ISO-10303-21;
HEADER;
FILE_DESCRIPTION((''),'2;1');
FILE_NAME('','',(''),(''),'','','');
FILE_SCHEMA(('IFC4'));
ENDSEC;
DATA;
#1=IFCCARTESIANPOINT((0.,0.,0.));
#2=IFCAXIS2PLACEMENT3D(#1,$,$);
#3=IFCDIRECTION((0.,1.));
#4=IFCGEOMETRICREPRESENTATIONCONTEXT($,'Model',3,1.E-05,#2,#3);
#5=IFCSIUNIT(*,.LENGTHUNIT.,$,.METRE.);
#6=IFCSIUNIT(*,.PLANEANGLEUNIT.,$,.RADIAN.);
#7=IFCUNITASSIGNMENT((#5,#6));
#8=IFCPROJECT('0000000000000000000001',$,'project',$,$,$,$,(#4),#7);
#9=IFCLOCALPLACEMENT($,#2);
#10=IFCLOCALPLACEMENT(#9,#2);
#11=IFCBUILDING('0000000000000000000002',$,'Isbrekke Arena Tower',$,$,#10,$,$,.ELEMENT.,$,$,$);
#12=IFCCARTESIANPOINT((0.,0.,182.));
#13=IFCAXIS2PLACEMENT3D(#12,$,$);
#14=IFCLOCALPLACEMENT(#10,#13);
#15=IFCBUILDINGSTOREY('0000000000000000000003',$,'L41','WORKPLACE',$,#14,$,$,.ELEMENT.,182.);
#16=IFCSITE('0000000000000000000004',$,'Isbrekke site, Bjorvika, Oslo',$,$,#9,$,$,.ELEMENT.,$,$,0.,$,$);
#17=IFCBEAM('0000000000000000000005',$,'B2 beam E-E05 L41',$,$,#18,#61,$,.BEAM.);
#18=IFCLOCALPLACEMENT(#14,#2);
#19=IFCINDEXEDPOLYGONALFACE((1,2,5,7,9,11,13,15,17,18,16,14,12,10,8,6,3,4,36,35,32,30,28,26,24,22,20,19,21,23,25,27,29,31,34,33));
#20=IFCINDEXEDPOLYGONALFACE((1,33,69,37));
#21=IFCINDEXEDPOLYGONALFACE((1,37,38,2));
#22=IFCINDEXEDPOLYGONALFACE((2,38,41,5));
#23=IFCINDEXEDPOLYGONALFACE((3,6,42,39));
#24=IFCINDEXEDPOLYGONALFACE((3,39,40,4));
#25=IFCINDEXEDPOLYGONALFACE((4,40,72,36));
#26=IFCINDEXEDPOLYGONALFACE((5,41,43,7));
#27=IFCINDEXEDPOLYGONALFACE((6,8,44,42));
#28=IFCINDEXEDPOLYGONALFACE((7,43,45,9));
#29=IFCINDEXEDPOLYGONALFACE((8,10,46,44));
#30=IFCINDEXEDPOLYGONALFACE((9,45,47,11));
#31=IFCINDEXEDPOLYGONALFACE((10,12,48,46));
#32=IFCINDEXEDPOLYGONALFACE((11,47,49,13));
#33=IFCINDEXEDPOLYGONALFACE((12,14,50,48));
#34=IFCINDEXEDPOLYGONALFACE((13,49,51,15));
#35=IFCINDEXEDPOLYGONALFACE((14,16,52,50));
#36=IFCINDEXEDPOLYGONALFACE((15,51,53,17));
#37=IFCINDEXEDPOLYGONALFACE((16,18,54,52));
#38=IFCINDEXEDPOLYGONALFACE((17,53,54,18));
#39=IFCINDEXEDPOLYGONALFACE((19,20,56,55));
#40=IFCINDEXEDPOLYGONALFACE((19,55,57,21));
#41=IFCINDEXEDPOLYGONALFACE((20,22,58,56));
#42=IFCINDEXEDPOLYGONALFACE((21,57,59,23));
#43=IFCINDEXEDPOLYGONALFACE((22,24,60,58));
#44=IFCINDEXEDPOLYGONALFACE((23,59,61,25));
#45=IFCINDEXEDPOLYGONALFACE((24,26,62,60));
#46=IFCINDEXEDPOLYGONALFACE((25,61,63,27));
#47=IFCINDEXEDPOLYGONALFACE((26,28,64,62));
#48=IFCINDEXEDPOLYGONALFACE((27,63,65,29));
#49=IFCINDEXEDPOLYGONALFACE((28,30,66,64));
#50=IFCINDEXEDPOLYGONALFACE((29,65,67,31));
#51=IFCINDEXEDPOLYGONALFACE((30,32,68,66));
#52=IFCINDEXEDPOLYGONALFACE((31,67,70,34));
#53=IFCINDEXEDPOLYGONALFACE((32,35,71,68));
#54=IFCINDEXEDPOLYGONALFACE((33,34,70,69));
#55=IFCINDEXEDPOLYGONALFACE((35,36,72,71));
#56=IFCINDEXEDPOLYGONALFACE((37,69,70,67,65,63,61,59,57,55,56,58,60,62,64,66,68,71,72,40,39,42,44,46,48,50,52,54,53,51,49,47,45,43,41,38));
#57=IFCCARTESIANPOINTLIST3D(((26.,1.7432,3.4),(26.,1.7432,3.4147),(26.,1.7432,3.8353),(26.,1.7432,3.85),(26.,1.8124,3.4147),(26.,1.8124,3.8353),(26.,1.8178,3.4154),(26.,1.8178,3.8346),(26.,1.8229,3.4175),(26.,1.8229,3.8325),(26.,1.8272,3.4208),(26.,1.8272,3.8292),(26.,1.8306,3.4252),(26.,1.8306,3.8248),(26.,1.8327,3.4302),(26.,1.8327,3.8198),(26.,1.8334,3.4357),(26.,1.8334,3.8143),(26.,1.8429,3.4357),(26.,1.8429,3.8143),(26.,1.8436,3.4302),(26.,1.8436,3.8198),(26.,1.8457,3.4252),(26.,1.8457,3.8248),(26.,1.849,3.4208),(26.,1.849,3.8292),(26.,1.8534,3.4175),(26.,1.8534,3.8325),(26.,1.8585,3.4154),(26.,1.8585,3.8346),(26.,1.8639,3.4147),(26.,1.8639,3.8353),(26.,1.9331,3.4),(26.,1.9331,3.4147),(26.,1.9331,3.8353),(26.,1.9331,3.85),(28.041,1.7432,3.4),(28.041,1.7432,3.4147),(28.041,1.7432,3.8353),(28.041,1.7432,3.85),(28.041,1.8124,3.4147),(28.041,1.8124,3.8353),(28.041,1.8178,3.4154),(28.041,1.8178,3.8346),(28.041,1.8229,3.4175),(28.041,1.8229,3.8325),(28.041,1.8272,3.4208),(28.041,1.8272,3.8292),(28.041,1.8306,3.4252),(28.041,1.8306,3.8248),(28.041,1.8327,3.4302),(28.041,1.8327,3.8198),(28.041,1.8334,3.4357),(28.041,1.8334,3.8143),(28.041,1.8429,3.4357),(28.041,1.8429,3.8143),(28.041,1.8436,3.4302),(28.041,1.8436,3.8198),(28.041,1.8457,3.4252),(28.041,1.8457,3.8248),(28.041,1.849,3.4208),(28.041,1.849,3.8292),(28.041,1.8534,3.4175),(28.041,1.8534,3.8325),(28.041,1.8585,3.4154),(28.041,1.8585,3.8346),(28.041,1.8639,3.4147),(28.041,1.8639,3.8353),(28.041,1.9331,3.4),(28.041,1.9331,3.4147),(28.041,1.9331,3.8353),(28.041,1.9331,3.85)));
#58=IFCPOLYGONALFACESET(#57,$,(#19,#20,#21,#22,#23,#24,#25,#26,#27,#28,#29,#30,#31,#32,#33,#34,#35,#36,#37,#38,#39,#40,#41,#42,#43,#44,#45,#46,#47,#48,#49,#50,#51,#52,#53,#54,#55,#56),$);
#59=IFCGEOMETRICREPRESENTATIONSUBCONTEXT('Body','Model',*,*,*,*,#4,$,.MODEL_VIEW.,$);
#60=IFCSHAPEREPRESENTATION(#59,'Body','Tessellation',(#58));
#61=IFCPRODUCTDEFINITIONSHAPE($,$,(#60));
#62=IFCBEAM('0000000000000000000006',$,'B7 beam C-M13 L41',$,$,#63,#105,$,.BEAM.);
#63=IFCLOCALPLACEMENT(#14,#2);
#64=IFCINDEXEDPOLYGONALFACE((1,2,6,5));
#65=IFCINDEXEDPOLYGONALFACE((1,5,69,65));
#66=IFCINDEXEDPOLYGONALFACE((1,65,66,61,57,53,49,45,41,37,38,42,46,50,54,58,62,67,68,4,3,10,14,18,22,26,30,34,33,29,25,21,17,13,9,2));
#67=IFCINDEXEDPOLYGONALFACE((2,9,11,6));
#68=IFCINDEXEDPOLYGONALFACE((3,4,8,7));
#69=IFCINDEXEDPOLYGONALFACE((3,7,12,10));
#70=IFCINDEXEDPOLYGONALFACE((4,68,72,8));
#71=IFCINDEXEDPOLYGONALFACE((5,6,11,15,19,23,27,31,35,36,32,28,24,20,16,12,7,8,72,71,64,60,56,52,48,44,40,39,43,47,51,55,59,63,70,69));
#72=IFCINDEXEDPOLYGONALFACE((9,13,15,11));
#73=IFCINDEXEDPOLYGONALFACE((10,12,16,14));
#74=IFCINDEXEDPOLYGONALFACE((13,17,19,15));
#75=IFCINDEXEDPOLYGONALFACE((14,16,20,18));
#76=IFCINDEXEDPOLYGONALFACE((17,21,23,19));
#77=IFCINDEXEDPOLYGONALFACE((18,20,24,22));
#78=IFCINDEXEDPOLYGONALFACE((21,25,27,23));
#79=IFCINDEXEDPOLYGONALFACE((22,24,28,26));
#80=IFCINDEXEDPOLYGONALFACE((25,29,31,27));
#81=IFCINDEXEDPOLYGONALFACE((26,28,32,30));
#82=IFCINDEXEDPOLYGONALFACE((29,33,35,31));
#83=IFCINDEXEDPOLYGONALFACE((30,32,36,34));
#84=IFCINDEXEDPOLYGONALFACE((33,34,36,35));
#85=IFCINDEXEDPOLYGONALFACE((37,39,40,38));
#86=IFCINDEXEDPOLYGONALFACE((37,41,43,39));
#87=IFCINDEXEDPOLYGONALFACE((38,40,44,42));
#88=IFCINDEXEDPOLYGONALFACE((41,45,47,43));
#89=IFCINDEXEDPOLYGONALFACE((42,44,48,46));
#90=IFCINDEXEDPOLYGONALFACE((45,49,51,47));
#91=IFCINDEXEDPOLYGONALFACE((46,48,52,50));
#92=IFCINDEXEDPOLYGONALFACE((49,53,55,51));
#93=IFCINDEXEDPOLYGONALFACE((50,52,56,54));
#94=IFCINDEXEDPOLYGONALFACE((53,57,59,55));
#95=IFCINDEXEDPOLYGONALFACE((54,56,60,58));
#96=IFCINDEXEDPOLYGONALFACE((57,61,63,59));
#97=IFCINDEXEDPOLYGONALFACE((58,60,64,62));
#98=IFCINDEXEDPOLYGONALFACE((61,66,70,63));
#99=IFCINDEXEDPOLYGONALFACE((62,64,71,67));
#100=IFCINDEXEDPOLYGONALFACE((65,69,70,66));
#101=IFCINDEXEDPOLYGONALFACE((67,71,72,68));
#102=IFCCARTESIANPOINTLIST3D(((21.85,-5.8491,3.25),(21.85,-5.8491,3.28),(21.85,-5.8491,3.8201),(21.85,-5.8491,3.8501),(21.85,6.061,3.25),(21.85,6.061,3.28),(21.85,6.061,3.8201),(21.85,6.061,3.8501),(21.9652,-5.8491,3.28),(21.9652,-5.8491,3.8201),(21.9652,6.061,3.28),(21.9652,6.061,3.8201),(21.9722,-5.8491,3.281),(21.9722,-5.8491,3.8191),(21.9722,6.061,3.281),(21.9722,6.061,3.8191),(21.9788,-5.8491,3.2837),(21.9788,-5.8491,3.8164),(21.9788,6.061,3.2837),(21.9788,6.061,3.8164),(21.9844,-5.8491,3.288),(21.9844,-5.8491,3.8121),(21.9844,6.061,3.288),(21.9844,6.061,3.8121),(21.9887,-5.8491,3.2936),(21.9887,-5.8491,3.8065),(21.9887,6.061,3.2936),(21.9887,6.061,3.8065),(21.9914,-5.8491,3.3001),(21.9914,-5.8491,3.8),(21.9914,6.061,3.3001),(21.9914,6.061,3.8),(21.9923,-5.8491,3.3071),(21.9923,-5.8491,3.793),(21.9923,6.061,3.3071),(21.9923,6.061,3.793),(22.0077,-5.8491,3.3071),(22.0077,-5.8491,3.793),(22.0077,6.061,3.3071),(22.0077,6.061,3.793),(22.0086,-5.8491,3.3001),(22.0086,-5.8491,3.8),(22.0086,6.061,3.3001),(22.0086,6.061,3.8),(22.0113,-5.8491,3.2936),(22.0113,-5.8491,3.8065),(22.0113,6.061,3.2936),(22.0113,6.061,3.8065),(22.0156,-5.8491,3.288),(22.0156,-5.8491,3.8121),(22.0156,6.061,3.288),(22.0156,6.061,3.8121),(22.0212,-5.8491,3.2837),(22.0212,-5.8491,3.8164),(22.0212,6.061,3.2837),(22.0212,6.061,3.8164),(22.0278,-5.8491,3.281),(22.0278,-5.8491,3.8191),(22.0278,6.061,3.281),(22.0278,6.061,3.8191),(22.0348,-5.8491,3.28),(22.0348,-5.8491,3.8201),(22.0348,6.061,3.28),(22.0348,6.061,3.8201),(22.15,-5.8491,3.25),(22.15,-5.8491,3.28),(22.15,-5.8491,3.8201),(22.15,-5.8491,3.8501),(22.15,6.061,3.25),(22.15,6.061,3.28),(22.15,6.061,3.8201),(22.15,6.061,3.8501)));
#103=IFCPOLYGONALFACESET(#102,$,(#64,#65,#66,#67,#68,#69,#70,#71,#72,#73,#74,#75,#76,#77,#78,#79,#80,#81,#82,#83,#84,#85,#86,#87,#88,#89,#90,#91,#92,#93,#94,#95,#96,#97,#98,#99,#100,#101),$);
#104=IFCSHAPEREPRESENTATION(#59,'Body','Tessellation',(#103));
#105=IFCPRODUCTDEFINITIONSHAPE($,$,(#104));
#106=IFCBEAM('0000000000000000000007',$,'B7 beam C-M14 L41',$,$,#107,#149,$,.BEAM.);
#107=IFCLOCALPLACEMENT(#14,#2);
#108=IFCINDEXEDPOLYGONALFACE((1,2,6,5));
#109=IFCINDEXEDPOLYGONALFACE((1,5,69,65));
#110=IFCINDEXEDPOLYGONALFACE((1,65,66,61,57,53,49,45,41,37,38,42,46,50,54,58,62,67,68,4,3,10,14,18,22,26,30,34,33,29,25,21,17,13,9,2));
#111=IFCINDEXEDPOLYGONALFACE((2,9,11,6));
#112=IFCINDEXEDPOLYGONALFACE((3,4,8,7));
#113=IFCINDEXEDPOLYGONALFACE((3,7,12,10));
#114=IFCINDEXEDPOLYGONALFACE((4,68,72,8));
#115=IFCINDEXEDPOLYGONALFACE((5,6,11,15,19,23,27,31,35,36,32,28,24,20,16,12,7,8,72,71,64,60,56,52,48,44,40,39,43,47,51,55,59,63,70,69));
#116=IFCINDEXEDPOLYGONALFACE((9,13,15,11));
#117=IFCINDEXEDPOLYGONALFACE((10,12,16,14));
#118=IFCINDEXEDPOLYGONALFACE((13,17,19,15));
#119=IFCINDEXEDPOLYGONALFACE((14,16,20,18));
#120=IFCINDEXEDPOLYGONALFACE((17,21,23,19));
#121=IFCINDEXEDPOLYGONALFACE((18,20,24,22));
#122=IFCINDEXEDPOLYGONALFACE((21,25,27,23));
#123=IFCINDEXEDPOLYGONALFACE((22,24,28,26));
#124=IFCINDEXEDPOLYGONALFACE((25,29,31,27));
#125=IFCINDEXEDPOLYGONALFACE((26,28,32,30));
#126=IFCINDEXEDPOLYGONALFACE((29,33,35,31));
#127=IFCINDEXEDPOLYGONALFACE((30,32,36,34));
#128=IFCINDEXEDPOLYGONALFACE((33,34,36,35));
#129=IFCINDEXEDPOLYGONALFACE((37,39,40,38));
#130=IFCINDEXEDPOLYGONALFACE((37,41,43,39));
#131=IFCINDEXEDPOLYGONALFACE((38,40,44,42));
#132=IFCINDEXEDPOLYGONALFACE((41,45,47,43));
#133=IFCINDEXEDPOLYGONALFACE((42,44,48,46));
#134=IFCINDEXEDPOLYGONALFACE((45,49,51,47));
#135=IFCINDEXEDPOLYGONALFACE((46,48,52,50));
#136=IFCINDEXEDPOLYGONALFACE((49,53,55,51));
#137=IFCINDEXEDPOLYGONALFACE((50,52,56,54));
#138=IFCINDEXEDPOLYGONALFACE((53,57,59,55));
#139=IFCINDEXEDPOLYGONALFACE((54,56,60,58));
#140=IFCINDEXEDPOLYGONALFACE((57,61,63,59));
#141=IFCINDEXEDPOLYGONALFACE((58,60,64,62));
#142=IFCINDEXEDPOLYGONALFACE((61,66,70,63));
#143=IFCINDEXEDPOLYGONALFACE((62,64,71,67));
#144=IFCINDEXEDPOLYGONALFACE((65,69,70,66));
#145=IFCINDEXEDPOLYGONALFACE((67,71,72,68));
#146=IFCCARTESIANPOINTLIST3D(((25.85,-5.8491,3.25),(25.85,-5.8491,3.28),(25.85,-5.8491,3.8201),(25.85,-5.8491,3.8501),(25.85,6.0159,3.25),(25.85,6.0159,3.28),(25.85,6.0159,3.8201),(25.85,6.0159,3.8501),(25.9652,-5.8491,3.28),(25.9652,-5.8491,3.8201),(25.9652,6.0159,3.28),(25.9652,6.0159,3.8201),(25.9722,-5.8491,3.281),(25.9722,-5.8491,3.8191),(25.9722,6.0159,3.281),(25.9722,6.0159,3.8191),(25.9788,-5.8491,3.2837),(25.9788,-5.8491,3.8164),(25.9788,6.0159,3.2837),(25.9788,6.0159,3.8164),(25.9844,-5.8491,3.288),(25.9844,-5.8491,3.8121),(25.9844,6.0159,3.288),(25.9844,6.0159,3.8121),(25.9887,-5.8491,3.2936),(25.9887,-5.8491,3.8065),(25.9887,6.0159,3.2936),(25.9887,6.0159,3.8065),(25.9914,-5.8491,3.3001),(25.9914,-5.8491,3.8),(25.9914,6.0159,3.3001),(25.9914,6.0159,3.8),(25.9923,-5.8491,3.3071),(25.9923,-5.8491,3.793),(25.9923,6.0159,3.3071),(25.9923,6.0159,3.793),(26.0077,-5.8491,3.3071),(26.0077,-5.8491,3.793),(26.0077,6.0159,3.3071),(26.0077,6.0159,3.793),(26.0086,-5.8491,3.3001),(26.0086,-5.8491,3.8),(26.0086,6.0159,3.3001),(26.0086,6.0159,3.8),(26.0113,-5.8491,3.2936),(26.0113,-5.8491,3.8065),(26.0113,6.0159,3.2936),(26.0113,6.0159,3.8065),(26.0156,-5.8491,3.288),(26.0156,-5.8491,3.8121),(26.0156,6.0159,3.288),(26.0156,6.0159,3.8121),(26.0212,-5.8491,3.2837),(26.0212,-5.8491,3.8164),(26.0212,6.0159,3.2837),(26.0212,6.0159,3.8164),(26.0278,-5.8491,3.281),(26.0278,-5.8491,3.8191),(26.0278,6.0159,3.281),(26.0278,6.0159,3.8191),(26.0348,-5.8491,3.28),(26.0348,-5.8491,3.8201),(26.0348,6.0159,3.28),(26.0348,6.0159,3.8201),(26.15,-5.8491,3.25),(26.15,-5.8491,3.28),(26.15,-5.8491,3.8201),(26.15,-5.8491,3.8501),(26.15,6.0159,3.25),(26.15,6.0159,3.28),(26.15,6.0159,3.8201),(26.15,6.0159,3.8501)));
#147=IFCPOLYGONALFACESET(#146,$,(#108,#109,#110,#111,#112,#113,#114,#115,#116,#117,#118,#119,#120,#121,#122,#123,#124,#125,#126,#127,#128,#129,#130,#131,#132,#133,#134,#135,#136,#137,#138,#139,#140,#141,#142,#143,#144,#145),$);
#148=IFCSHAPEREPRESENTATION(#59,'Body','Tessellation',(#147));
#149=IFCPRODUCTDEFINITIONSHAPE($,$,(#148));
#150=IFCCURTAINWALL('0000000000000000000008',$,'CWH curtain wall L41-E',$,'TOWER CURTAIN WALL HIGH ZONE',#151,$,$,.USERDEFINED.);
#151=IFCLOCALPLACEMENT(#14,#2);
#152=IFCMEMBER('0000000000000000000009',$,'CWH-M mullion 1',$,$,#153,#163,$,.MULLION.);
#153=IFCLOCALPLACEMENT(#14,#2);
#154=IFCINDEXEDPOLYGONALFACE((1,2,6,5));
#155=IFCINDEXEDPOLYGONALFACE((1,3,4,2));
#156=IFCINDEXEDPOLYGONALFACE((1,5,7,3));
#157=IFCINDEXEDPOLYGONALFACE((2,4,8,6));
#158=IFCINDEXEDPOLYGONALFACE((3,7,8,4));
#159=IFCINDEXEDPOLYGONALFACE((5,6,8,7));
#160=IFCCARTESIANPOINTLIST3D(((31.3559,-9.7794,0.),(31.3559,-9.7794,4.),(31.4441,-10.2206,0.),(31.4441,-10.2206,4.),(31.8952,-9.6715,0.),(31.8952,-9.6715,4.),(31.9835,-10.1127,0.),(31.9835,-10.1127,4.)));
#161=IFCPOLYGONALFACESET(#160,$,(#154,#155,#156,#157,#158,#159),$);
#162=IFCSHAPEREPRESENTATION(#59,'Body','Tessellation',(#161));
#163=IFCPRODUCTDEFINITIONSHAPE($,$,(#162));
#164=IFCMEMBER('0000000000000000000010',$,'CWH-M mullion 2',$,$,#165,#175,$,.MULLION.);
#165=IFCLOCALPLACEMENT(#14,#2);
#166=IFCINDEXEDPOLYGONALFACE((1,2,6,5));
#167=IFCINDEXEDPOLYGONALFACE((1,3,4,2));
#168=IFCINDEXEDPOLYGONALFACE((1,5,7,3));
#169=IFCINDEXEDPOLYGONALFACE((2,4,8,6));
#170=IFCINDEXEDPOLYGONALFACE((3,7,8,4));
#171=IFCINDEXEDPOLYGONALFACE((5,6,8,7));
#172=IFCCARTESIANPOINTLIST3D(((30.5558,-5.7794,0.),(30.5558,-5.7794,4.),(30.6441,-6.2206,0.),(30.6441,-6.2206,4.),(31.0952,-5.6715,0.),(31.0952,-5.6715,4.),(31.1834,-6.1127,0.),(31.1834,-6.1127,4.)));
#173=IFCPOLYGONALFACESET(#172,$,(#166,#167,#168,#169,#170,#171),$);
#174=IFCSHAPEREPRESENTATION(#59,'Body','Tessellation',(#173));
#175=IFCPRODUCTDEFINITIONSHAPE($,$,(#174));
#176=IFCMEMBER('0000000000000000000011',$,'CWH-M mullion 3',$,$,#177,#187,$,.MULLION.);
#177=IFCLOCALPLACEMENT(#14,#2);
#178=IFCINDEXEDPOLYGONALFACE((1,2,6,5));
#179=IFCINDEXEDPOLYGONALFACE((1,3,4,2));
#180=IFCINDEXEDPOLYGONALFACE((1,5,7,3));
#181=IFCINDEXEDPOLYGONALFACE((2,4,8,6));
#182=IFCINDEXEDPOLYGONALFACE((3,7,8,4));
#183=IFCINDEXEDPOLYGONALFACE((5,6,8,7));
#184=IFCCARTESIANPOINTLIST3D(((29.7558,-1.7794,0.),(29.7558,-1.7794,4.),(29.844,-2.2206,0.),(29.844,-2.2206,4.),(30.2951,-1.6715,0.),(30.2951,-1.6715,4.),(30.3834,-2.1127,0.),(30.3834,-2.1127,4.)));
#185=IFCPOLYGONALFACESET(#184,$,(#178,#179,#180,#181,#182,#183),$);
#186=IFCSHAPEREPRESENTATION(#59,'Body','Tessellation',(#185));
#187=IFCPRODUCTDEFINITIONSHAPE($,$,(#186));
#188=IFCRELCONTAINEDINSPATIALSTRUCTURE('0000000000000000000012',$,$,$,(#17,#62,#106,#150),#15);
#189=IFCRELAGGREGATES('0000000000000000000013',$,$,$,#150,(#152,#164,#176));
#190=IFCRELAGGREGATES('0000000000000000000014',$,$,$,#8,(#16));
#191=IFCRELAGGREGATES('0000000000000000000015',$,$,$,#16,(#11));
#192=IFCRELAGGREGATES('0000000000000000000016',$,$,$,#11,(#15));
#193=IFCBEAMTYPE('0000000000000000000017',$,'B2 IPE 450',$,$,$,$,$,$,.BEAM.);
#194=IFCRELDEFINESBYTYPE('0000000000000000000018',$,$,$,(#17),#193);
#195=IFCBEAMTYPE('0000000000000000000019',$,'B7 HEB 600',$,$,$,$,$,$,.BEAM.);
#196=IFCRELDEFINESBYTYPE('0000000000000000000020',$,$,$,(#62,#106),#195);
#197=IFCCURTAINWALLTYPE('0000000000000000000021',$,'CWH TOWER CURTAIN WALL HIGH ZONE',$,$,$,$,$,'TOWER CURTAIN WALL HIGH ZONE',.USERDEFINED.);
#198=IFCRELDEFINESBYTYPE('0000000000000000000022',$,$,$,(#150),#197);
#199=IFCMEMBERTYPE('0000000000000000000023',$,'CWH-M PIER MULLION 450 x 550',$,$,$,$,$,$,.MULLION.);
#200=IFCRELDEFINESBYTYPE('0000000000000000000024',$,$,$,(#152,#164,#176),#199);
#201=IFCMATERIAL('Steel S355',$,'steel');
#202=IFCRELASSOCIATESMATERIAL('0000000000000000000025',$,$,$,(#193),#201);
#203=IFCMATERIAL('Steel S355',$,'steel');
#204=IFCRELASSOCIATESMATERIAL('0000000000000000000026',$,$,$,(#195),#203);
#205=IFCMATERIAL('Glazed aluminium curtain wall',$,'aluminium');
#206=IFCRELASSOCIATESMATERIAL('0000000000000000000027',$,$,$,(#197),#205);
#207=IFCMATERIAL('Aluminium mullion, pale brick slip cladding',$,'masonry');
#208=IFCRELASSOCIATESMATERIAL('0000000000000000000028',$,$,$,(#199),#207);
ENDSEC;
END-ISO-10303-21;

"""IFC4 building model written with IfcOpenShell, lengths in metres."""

from ifc_helpers import new_model, si_unit, direction, frame, origin, origin_2d, place, context, subcontext, project, spatial, rectangle, i_section, extrude, material, material_profile, profile_set, type_object, element, aggregate, save


model = new_model("IFC4")

# Units and contexts
model_context = context("Model", 3, precision=1e-05, world=origin(), true_north=direction((0.0, 1.0)))
body_context = subcontext(model_context, "Body", "Model", "MODEL_VIEW")
ifc_project = project(units=[si_unit("LENGTHUNIT", "METRE"), si_unit("PLANEANGLEUNIT", "RADIAN")], contexts=[model_context])

# Site, building, storey
site_placement = place(None, origin())
site = spatial("IfcSite", under=ifc_project, at=site_placement, Name="Isbrekke site, Bjorvika, Oslo", CompositionType="ELEMENT", RefElevation=0.0)
building_placement = place(site_placement, origin())
building = spatial("IfcBuilding", under=site, at=building_placement, Name="Isbrekke Arena Tower", CompositionType="ELEMENT")
storey_placement = place(building_placement, frame((0.0, 0.0, 182.0)))
storey = spatial("IfcBuildingStorey", under=building, at=storey_placement, Name="L41", Description="WORKPLACE", CompositionType="ELEMENT", Elevation=182.0)

# Beams
ifc_material_1 = material(Name="Steel S355", Category="steel")
ifc_material_profile_1 = material_profile(ifc_material_1, i_section(OverallWidth=0.1899, OverallDepth=0.45, WebThickness=0.0095, FlangeThickness=0.0146, FilletRadius=0.021, at=origin_2d()), Name="IPE 450")
ifc_profile_set_1 = profile_set([ifc_material_profile_1], Name="Steel S355")
beam_type_1 = type_object("IfcBeamType", Name="B2 IPE 450", PredefinedType="BEAM", material=ifc_profile_set_1)
beam_1_placement = place(storey_placement, frame((28.041, 1.8381, 3.625), z_axis=(-1.0, 0.0, 0.0), x_axis=(0.0, -1.0, 0.0)))
element("IfcBeam", 1, at=beam_1_placement, inside=storey, type_object=beam_type_1, Name="B2 beam E-E05 L41", PredefinedType="BEAM", context=body_context, shape_type="SweptSolid", body=[
    extrude(i_section(OverallWidth=0.1899, OverallDepth=0.45, WebThickness=0.0095, FlangeThickness=0.0146, FilletRadius=0.021, at=origin_2d()), origin(), (0.0, 0.0, 1.0), 2.041),
])
ifc_material_2 = material(Name="Steel S355", Category="steel")
ifc_material_profile_2 = material_profile(ifc_material_2, i_section(OverallWidth=0.3, OverallDepth=0.6001, WebThickness=0.0154, FlangeThickness=0.03, FilletRadius=0.0271, at=origin_2d()), Name="HEB 600")
ifc_profile_set_2 = profile_set([ifc_material_profile_2], Name="Steel S355")
beam_type_2 = type_object("IfcBeamType", Name="B7 HEB 600", PredefinedType="BEAM", material=ifc_profile_set_2)
beam_2_placement = place(storey_placement, frame((22.0, -5.8491, 3.55), z_axis=(0.0, 1.0, 0.0), x_axis=(-1.0, 0.0, 0.0)))
element("IfcBeam", 2, at=beam_2_placement, inside=storey, type_object=beam_type_2, Name="B7 beam C-M13 L41", PredefinedType="BEAM", context=body_context, shape_type="SweptSolid", body=[
    extrude(i_section(OverallWidth=0.3, OverallDepth=0.6001, WebThickness=0.0154, FlangeThickness=0.03, FilletRadius=0.0271, at=origin_2d()), origin(), (0.0, 0.0, 1.0), 11.9102),
])
beam_3_placement = place(storey_placement, frame((26.0, -5.8491, 3.55), z_axis=(0.0, 1.0, 0.0), x_axis=(-1.0, 0.0, 0.0)))
element("IfcBeam", 3, at=beam_3_placement, inside=storey, type_object=beam_type_2, Name="B7 beam C-M14 L41", PredefinedType="BEAM", context=body_context, shape_type="SweptSolid", body=[
    extrude(i_section(OverallWidth=0.3, OverallDepth=0.6001, WebThickness=0.0154, FlangeThickness=0.03, FilletRadius=0.0271, at=origin_2d()), origin(), (0.0, 0.0, 1.0), 11.865),
])

# Curtain wall, members
ifc_material_3 = material(Name="Glazed aluminium curtain wall", Category="aluminium")
curtain_wall_type = type_object("IfcCurtainWallType", Name="CWH TOWER CURTAIN WALL HIGH ZONE", ElementType="TOWER CURTAIN WALL HIGH ZONE", PredefinedType="USERDEFINED", material=ifc_material_3)
curtain_wall_placement = place(storey_placement, origin())
curtain_wall = element("IfcCurtainWall", 4, at=curtain_wall_placement, inside=storey, type_object=curtain_wall_type, Name="CWH curtain wall L41-E", ObjectType="TOWER CURTAIN WALL HIGH ZONE", PredefinedType="USERDEFINED")
ifc_material_4 = material(Name="Aluminium mullion, pale brick slip cladding", Category="masonry")
ifc_material_profile_3 = material_profile(ifc_material_4, rectangle(XDim=0.45, YDim=0.55, at=origin_2d()), Name="PIER 450X550")
ifc_profile_set_3 = profile_set([ifc_material_profile_3], Name="Aluminium mullion, pale brick slip cladding")
member_type_1 = type_object("IfcMemberType", Name="CWH-M PIER MULLION 450 x 550", PredefinedType="MULLION", material=ifc_profile_set_3)
member_1_placement = place(storey_placement, frame((31.6697, -9.946, 0.0), z_axis=(0.0, 0.0, 1.0), x_axis=(-0.196116, 0.980581, 0.0)))
member_1 = element("IfcMember", 5, at=member_1_placement, type_object=member_type_1, Name="CWH-M mullion 1", PredefinedType="MULLION", context=body_context, shape_type="SweptSolid", body=[
    extrude(rectangle(XDim=0.45, YDim=0.55, at=origin_2d()), origin(), (0.0, 0.0, 1.0), 4.0),
])
member_2_placement = place(storey_placement, frame((30.8696, -5.946, 0.0), z_axis=(0.0, 0.0, 1.0), x_axis=(-0.196116, 0.980581, 0.0)))
member_2 = element("IfcMember", 6, at=member_2_placement, type_object=member_type_1, Name="CWH-M mullion 2", PredefinedType="MULLION", context=body_context, shape_type="SweptSolid", body=[
    extrude(rectangle(XDim=0.45, YDim=0.55, at=origin_2d()), origin(), (0.0, 0.0, 1.0), 4.0),
])
member_3_placement = place(storey_placement, frame((30.0696, -1.946, 0.0), z_axis=(0.0, 0.0, 1.0), x_axis=(-0.196116, 0.980581, 0.0)))
member_3 = element("IfcMember", 7, at=member_3_placement, type_object=member_type_1, Name="CWH-M mullion 3", PredefinedType="MULLION", context=body_context, shape_type="SweptSolid", body=[
    extrude(rectangle(XDim=0.45, YDim=0.55, at=origin_2d()), origin(), (0.0, 0.0, 1.0), 4.0),
])

aggregate(curtain_wall, [member_1, member_2, member_3])

save(model, "model.ifc")
